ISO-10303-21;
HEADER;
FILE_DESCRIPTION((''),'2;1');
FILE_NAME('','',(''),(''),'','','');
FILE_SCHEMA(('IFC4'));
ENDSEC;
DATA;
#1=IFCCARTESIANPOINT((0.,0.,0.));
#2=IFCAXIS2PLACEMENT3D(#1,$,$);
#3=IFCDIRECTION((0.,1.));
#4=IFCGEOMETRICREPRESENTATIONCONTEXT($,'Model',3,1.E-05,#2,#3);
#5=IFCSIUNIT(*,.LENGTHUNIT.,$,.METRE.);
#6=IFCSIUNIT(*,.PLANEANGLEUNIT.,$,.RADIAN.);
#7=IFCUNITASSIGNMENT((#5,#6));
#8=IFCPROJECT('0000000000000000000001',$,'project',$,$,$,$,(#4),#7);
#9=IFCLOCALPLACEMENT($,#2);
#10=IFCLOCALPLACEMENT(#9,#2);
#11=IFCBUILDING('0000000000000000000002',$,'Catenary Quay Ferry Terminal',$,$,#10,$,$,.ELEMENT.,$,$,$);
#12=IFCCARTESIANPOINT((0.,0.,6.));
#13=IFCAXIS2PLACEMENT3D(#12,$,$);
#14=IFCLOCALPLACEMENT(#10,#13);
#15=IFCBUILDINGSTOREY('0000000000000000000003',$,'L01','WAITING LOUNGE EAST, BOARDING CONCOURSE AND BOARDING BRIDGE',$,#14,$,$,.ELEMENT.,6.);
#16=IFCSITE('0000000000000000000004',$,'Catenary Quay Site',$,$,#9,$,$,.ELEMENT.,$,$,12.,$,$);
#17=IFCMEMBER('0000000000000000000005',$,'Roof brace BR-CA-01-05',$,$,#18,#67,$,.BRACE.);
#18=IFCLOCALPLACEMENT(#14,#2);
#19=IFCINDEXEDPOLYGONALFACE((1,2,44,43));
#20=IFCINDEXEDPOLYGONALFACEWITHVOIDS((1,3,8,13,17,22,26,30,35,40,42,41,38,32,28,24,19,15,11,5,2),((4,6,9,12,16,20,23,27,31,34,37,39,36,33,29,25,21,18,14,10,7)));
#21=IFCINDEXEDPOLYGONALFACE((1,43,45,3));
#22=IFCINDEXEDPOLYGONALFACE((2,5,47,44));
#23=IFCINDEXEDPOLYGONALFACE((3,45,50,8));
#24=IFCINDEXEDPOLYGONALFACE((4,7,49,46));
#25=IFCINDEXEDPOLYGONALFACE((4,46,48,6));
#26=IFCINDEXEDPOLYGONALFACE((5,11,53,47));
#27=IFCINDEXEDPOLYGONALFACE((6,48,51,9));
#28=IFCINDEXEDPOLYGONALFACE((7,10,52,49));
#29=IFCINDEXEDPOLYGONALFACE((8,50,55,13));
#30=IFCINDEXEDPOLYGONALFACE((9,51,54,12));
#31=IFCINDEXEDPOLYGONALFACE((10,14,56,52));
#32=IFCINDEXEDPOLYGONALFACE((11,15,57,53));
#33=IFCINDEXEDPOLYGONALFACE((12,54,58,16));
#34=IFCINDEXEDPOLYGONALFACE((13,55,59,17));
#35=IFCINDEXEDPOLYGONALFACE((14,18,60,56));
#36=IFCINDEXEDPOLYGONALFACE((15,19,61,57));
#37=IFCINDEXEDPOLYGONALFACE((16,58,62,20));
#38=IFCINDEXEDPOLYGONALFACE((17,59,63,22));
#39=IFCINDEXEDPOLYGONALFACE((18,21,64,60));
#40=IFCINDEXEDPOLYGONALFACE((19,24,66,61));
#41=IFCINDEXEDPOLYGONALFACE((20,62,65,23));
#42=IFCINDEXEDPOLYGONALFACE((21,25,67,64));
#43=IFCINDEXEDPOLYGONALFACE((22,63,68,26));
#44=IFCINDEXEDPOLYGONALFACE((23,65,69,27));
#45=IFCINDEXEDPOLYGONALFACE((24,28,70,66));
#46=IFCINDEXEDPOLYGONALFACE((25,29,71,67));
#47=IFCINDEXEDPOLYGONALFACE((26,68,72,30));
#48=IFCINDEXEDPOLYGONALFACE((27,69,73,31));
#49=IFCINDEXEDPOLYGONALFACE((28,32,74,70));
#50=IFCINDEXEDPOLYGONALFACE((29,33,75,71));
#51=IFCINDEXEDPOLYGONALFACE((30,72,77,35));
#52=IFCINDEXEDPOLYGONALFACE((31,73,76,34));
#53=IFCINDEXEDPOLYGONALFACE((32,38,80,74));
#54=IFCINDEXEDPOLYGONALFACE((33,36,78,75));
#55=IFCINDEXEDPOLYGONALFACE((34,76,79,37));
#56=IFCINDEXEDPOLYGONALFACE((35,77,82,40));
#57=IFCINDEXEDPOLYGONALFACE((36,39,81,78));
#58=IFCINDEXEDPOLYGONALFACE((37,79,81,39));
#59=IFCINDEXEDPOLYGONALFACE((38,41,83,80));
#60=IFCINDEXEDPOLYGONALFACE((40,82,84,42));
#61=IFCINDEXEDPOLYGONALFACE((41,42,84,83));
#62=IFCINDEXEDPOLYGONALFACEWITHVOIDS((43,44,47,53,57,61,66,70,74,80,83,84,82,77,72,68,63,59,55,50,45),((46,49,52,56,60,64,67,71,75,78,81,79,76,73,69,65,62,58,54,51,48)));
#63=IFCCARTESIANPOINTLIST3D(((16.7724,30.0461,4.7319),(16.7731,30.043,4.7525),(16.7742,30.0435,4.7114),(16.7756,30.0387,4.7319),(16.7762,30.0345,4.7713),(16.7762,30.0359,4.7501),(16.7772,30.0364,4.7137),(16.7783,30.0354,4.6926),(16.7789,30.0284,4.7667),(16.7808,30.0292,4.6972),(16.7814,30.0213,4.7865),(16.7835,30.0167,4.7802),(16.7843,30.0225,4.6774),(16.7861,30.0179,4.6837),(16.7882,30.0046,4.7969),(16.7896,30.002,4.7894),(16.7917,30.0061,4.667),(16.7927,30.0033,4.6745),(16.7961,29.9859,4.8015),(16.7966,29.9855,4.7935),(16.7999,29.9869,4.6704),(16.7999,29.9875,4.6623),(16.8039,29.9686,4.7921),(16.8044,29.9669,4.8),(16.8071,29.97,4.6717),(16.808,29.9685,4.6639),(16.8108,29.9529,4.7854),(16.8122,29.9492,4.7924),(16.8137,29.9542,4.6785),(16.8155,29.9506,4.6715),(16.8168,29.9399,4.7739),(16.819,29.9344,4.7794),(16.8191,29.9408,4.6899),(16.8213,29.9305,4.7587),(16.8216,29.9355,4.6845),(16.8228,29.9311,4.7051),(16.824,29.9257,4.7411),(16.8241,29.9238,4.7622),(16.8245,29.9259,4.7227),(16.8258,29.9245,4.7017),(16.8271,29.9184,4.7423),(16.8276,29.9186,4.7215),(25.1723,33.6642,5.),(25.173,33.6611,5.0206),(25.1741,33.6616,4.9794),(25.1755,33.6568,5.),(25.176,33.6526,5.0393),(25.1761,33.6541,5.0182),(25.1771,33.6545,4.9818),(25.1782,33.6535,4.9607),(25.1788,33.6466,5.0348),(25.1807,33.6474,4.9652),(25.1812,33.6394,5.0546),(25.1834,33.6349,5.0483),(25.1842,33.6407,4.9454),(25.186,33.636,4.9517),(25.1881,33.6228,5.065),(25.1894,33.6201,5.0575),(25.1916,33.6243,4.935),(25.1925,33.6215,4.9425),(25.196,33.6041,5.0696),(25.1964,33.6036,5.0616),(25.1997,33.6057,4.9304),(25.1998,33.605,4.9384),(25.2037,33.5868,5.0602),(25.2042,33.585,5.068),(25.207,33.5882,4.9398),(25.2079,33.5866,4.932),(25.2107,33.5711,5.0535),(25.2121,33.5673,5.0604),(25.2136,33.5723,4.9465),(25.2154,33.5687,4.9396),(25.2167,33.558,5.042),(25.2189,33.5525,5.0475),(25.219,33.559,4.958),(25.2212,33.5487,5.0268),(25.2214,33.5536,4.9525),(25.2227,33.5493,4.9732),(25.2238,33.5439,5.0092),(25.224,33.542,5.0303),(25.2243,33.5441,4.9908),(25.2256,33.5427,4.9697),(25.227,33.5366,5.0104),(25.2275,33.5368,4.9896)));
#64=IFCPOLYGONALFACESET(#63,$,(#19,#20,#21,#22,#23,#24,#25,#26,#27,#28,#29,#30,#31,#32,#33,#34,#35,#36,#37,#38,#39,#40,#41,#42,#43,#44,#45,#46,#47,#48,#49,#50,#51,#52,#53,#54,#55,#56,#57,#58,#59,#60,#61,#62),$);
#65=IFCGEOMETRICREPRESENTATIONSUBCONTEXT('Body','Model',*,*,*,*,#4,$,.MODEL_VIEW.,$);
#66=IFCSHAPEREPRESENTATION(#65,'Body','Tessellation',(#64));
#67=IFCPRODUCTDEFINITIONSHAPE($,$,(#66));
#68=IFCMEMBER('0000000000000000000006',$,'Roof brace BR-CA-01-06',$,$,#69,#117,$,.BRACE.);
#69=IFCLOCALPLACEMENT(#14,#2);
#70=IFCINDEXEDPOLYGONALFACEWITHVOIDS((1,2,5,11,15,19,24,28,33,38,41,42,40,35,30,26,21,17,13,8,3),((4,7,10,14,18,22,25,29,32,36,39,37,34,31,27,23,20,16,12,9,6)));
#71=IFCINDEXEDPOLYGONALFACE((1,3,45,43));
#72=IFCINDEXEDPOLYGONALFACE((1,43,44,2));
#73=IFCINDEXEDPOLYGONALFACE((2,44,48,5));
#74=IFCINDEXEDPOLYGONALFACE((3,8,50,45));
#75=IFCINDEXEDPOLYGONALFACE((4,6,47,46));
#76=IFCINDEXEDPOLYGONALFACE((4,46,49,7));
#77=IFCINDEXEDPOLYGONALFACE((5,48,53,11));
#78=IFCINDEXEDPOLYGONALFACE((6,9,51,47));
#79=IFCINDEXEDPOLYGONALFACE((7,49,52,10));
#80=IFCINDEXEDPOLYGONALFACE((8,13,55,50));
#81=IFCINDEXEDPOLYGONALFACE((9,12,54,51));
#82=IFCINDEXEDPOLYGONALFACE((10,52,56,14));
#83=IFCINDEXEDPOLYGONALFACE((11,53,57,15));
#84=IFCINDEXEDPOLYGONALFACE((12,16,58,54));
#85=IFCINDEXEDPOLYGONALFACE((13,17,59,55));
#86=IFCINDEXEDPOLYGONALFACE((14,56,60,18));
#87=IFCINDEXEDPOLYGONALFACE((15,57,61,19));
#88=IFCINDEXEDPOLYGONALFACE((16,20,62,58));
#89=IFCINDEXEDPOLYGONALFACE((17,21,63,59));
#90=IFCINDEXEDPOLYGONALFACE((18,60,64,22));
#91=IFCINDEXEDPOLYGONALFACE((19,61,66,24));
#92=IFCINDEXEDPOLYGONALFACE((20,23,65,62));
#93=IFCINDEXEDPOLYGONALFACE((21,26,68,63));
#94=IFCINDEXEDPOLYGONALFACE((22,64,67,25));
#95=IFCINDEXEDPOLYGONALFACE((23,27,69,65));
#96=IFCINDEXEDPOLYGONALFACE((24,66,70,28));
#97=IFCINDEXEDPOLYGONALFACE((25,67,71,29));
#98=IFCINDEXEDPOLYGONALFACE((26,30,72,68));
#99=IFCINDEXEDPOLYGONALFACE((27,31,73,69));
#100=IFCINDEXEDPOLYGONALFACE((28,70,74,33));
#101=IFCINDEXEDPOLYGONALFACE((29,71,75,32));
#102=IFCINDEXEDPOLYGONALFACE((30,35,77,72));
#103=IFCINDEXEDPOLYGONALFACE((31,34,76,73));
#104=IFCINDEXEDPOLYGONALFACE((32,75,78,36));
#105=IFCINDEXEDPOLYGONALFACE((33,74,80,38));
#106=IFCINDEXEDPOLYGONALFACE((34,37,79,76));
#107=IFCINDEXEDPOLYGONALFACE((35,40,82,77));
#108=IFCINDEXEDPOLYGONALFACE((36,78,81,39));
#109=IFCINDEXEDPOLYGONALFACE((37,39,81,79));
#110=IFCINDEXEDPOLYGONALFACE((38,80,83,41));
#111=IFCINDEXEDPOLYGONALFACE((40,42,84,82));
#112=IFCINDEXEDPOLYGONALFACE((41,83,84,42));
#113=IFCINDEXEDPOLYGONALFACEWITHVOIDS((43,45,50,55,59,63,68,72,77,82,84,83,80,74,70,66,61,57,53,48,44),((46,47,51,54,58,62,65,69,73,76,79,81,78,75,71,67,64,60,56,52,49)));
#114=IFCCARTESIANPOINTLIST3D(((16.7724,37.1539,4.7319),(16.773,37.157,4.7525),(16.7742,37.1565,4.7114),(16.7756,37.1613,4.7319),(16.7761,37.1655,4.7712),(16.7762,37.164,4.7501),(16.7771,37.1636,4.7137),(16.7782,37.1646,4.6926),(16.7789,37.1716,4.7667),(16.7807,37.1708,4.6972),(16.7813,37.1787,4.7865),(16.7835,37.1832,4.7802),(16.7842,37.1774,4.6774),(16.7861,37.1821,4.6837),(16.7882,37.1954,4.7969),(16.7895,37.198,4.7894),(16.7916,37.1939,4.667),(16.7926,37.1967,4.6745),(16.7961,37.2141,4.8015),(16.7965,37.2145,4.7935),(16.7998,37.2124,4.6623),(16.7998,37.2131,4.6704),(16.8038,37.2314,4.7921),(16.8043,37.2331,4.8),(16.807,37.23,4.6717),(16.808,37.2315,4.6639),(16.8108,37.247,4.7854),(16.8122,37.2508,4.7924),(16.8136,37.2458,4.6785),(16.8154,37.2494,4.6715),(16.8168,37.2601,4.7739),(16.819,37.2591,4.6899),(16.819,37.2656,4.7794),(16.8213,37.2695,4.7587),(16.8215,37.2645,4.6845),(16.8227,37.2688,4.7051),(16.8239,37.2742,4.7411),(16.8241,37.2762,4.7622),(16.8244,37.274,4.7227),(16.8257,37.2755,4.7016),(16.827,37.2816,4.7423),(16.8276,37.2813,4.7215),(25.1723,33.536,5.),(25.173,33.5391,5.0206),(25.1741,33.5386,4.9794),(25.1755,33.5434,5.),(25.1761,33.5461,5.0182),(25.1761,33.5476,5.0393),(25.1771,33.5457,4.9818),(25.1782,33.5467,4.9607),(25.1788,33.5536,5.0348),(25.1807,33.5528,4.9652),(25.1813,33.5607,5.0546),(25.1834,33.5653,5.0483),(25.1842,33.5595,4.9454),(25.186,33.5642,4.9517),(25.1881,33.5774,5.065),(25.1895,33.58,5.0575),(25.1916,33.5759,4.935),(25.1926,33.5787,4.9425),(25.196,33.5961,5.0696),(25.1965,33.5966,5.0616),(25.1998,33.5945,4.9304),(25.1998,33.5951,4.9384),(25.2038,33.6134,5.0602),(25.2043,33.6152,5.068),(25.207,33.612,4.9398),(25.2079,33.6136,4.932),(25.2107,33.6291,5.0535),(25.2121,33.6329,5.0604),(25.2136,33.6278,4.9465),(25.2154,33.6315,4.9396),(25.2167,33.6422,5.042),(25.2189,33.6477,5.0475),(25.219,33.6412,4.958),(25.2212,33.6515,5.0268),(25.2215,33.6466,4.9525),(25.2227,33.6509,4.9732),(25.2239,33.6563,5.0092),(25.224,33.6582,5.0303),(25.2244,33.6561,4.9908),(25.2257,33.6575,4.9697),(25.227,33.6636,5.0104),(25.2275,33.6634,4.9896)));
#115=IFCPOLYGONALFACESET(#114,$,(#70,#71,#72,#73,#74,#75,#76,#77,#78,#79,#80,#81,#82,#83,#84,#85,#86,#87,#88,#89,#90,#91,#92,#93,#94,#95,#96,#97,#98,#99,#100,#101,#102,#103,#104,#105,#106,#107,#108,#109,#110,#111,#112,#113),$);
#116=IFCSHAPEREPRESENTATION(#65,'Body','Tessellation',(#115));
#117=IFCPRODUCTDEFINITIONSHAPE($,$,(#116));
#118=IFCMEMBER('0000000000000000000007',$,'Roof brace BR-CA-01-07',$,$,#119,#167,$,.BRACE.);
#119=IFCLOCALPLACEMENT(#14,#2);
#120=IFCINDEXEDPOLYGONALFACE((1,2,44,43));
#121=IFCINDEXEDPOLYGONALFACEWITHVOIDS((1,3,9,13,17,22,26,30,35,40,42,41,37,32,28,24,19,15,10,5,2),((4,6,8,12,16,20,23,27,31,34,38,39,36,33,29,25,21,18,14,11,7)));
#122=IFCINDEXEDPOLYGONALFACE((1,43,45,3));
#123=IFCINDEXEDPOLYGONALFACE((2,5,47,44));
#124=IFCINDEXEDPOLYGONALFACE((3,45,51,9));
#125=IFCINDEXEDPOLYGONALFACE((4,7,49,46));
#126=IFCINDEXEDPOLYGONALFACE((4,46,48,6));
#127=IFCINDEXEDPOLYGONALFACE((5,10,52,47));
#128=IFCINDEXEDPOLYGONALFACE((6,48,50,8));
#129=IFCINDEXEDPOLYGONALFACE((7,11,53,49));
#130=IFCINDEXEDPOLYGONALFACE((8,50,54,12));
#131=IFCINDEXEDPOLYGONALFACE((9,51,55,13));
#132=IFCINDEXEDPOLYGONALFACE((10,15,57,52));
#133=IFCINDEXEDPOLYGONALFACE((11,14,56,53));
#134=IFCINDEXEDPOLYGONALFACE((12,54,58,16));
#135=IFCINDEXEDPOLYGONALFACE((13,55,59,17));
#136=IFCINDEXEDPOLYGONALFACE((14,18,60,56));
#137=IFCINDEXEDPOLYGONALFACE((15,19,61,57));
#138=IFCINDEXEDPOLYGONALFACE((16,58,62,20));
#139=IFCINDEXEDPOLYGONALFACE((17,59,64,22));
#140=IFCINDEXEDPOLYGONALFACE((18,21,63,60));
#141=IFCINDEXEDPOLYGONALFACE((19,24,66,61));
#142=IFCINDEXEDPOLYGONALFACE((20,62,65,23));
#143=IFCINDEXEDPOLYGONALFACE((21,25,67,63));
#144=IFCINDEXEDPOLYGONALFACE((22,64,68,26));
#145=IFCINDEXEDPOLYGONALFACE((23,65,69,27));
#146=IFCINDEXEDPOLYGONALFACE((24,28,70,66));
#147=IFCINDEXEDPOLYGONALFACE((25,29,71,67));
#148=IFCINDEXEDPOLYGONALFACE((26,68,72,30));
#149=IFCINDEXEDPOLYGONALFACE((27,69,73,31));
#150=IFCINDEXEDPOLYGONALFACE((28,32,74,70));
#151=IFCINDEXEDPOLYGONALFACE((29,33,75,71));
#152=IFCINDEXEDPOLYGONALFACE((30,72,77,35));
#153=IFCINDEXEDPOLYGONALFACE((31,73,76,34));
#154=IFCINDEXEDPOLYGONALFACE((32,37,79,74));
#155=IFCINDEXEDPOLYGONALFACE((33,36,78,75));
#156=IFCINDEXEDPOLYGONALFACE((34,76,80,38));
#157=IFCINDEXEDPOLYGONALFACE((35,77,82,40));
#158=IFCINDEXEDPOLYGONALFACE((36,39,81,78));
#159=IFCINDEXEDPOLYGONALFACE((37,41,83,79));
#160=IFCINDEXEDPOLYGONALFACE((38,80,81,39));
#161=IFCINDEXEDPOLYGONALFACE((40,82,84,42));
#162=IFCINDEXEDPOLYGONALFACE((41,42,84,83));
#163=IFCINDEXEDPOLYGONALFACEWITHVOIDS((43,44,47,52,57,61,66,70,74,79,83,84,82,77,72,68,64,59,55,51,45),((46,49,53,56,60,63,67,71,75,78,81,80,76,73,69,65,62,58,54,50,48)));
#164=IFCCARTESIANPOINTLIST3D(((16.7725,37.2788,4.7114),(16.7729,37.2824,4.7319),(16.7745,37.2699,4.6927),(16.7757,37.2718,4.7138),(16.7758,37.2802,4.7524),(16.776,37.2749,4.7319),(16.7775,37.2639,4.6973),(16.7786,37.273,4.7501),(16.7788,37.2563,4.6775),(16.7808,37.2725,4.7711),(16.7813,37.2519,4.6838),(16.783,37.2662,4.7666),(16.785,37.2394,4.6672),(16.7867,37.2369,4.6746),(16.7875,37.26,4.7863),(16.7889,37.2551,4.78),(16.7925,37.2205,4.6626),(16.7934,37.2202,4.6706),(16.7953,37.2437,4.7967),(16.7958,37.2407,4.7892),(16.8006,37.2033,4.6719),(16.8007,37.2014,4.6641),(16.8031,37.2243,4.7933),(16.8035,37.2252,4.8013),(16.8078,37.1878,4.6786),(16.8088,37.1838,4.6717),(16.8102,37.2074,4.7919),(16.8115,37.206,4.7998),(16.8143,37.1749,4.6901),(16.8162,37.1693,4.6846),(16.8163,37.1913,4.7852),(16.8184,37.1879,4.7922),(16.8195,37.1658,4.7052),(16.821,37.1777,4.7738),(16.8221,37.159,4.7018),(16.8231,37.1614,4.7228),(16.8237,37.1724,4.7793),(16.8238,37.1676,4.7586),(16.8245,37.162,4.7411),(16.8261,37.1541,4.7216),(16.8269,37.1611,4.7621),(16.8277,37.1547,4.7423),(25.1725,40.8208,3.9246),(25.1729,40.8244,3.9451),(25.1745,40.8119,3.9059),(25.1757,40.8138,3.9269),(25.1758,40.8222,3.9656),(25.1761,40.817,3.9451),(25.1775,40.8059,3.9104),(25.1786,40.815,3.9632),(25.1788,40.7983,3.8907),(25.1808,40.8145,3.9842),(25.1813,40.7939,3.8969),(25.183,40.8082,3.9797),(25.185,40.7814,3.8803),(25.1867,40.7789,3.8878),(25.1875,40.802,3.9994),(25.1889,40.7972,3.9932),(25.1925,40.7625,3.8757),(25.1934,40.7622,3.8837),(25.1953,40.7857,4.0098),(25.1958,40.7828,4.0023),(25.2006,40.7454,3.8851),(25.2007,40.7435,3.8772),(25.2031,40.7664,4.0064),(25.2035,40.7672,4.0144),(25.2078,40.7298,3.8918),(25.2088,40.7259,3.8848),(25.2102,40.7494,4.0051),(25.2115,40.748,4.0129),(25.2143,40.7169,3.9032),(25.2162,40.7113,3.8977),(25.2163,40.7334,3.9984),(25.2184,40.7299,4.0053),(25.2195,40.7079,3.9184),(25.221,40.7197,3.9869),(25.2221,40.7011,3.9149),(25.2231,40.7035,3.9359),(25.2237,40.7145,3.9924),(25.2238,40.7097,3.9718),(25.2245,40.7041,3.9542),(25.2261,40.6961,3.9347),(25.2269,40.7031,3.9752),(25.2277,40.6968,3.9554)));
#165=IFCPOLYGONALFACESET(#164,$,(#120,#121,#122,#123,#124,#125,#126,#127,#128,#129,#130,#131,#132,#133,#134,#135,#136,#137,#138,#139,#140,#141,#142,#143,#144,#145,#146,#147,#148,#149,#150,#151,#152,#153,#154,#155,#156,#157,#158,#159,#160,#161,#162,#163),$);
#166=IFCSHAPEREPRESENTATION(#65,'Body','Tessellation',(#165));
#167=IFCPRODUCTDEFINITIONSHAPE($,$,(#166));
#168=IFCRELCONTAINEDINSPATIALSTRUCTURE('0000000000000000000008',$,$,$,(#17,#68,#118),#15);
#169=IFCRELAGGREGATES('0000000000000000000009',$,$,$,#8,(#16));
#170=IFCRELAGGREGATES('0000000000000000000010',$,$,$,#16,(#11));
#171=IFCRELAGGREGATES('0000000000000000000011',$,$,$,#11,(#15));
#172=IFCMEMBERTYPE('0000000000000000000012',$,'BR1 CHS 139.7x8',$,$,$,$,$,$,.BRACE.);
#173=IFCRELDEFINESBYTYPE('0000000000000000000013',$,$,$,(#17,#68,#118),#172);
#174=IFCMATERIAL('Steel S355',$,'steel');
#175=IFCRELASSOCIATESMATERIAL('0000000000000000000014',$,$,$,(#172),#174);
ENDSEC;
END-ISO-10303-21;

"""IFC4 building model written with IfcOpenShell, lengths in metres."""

from ifc_helpers import new_model, si_unit, direction, frame, origin, origin_2d, place, context, subcontext, project, spatial, hollow_circle, extrude, material, material_profile, profile_set, type_object, element, save


model = new_model("IFC4")

# Units and contexts
model_context = context("Model", 3, precision=1e-05, world=origin(), true_north=direction((0.0, 1.0)))
body_context = subcontext(model_context, "Body", "Model", "MODEL_VIEW")
ifc_project = project(units=[si_unit("LENGTHUNIT", "METRE"), si_unit("PLANEANGLEUNIT", "RADIAN")], contexts=[model_context])

# Site, building, storey
site_placement = place(None, origin())
site = spatial("IfcSite", under=ifc_project, at=site_placement, Name="Catenary Quay Site", CompositionType="ELEMENT", RefElevation=12.0)
building_placement = place(site_placement, origin())
building = spatial("IfcBuilding", under=site, at=building_placement, Name="Catenary Quay Ferry Terminal", CompositionType="ELEMENT")
storey_placement = place(building_placement, frame((0.0, 0.0, 6.0)))
storey = spatial("IfcBuildingStorey", under=building, at=storey_placement, Name="L01", Description="WAITING LOUNGE EAST, BOARDING CONCOURSE AND BOARDING BRIDGE", CompositionType="ELEMENT", Elevation=6.0)

# Members
ifc_material_1 = material(Name="Steel S355", Category="steel")
ifc_material_profile_1 = material_profile(ifc_material_1, hollow_circle(Radius=0.0698, WallThickness=0.0081, at=origin_2d()), Name="CHS 139.7x8")
ifc_profile_set_1 = profile_set([ifc_material_profile_1], Name="Steel S355")
member_type_1 = type_object("IfcMemberType", Name="BR1 CHS 139.7x8", PredefinedType="BRACE", material=ifc_profile_set_1)
for number, where, z_axis, x_axis, name in (
    (1, (16.8, 29.9819, 4.7319), (0.918029, 0.395431, 0.029297), (-0.3956, 0.918423, 0.0), "Roof brace BR-CA-01-05"),
    (2, (25.2, 33.6001, 5.0), (-0.918038, 0.395408, -0.029297), (-0.395578, -0.918432, 0.0), "Roof brace BR-CA-01-06"),
):
    element("IfcMember", number, at=place(storey_placement, frame(where, z_axis=z_axis, x_axis=x_axis)), inside=storey, type_object=member_type_1, Name=name, PredefinedType="BRACE", context=body_context, shape_type="SweptSolid", body=[
        extrude(hollow_circle(Radius=0.0698, WallThickness=0.0081, at=origin_2d()), origin(), (0.0, 0.0, 1.0), 9.1499),
    ])
member_1_placement = place(storey_placement, frame((16.8, 37.218, 4.7319), z_axis=(0.918018, 0.387101, -0.085996), x_axis=(-0.388541, 0.921432, 0.0)))
element("IfcMember", 3, at=member_1_placement, inside=storey, type_object=member_type_1, Name="Roof brace BR-CA-01-07", PredefinedType="BRACE", context=body_context, shape_type="SweptSolid", body=[
    extrude(hollow_circle(Radius=0.0698, WallThickness=0.0081, at=origin_2d()), origin(), (0.0, 0.0, 1.0), 9.1501),
])

save(model, "model.ifc")
